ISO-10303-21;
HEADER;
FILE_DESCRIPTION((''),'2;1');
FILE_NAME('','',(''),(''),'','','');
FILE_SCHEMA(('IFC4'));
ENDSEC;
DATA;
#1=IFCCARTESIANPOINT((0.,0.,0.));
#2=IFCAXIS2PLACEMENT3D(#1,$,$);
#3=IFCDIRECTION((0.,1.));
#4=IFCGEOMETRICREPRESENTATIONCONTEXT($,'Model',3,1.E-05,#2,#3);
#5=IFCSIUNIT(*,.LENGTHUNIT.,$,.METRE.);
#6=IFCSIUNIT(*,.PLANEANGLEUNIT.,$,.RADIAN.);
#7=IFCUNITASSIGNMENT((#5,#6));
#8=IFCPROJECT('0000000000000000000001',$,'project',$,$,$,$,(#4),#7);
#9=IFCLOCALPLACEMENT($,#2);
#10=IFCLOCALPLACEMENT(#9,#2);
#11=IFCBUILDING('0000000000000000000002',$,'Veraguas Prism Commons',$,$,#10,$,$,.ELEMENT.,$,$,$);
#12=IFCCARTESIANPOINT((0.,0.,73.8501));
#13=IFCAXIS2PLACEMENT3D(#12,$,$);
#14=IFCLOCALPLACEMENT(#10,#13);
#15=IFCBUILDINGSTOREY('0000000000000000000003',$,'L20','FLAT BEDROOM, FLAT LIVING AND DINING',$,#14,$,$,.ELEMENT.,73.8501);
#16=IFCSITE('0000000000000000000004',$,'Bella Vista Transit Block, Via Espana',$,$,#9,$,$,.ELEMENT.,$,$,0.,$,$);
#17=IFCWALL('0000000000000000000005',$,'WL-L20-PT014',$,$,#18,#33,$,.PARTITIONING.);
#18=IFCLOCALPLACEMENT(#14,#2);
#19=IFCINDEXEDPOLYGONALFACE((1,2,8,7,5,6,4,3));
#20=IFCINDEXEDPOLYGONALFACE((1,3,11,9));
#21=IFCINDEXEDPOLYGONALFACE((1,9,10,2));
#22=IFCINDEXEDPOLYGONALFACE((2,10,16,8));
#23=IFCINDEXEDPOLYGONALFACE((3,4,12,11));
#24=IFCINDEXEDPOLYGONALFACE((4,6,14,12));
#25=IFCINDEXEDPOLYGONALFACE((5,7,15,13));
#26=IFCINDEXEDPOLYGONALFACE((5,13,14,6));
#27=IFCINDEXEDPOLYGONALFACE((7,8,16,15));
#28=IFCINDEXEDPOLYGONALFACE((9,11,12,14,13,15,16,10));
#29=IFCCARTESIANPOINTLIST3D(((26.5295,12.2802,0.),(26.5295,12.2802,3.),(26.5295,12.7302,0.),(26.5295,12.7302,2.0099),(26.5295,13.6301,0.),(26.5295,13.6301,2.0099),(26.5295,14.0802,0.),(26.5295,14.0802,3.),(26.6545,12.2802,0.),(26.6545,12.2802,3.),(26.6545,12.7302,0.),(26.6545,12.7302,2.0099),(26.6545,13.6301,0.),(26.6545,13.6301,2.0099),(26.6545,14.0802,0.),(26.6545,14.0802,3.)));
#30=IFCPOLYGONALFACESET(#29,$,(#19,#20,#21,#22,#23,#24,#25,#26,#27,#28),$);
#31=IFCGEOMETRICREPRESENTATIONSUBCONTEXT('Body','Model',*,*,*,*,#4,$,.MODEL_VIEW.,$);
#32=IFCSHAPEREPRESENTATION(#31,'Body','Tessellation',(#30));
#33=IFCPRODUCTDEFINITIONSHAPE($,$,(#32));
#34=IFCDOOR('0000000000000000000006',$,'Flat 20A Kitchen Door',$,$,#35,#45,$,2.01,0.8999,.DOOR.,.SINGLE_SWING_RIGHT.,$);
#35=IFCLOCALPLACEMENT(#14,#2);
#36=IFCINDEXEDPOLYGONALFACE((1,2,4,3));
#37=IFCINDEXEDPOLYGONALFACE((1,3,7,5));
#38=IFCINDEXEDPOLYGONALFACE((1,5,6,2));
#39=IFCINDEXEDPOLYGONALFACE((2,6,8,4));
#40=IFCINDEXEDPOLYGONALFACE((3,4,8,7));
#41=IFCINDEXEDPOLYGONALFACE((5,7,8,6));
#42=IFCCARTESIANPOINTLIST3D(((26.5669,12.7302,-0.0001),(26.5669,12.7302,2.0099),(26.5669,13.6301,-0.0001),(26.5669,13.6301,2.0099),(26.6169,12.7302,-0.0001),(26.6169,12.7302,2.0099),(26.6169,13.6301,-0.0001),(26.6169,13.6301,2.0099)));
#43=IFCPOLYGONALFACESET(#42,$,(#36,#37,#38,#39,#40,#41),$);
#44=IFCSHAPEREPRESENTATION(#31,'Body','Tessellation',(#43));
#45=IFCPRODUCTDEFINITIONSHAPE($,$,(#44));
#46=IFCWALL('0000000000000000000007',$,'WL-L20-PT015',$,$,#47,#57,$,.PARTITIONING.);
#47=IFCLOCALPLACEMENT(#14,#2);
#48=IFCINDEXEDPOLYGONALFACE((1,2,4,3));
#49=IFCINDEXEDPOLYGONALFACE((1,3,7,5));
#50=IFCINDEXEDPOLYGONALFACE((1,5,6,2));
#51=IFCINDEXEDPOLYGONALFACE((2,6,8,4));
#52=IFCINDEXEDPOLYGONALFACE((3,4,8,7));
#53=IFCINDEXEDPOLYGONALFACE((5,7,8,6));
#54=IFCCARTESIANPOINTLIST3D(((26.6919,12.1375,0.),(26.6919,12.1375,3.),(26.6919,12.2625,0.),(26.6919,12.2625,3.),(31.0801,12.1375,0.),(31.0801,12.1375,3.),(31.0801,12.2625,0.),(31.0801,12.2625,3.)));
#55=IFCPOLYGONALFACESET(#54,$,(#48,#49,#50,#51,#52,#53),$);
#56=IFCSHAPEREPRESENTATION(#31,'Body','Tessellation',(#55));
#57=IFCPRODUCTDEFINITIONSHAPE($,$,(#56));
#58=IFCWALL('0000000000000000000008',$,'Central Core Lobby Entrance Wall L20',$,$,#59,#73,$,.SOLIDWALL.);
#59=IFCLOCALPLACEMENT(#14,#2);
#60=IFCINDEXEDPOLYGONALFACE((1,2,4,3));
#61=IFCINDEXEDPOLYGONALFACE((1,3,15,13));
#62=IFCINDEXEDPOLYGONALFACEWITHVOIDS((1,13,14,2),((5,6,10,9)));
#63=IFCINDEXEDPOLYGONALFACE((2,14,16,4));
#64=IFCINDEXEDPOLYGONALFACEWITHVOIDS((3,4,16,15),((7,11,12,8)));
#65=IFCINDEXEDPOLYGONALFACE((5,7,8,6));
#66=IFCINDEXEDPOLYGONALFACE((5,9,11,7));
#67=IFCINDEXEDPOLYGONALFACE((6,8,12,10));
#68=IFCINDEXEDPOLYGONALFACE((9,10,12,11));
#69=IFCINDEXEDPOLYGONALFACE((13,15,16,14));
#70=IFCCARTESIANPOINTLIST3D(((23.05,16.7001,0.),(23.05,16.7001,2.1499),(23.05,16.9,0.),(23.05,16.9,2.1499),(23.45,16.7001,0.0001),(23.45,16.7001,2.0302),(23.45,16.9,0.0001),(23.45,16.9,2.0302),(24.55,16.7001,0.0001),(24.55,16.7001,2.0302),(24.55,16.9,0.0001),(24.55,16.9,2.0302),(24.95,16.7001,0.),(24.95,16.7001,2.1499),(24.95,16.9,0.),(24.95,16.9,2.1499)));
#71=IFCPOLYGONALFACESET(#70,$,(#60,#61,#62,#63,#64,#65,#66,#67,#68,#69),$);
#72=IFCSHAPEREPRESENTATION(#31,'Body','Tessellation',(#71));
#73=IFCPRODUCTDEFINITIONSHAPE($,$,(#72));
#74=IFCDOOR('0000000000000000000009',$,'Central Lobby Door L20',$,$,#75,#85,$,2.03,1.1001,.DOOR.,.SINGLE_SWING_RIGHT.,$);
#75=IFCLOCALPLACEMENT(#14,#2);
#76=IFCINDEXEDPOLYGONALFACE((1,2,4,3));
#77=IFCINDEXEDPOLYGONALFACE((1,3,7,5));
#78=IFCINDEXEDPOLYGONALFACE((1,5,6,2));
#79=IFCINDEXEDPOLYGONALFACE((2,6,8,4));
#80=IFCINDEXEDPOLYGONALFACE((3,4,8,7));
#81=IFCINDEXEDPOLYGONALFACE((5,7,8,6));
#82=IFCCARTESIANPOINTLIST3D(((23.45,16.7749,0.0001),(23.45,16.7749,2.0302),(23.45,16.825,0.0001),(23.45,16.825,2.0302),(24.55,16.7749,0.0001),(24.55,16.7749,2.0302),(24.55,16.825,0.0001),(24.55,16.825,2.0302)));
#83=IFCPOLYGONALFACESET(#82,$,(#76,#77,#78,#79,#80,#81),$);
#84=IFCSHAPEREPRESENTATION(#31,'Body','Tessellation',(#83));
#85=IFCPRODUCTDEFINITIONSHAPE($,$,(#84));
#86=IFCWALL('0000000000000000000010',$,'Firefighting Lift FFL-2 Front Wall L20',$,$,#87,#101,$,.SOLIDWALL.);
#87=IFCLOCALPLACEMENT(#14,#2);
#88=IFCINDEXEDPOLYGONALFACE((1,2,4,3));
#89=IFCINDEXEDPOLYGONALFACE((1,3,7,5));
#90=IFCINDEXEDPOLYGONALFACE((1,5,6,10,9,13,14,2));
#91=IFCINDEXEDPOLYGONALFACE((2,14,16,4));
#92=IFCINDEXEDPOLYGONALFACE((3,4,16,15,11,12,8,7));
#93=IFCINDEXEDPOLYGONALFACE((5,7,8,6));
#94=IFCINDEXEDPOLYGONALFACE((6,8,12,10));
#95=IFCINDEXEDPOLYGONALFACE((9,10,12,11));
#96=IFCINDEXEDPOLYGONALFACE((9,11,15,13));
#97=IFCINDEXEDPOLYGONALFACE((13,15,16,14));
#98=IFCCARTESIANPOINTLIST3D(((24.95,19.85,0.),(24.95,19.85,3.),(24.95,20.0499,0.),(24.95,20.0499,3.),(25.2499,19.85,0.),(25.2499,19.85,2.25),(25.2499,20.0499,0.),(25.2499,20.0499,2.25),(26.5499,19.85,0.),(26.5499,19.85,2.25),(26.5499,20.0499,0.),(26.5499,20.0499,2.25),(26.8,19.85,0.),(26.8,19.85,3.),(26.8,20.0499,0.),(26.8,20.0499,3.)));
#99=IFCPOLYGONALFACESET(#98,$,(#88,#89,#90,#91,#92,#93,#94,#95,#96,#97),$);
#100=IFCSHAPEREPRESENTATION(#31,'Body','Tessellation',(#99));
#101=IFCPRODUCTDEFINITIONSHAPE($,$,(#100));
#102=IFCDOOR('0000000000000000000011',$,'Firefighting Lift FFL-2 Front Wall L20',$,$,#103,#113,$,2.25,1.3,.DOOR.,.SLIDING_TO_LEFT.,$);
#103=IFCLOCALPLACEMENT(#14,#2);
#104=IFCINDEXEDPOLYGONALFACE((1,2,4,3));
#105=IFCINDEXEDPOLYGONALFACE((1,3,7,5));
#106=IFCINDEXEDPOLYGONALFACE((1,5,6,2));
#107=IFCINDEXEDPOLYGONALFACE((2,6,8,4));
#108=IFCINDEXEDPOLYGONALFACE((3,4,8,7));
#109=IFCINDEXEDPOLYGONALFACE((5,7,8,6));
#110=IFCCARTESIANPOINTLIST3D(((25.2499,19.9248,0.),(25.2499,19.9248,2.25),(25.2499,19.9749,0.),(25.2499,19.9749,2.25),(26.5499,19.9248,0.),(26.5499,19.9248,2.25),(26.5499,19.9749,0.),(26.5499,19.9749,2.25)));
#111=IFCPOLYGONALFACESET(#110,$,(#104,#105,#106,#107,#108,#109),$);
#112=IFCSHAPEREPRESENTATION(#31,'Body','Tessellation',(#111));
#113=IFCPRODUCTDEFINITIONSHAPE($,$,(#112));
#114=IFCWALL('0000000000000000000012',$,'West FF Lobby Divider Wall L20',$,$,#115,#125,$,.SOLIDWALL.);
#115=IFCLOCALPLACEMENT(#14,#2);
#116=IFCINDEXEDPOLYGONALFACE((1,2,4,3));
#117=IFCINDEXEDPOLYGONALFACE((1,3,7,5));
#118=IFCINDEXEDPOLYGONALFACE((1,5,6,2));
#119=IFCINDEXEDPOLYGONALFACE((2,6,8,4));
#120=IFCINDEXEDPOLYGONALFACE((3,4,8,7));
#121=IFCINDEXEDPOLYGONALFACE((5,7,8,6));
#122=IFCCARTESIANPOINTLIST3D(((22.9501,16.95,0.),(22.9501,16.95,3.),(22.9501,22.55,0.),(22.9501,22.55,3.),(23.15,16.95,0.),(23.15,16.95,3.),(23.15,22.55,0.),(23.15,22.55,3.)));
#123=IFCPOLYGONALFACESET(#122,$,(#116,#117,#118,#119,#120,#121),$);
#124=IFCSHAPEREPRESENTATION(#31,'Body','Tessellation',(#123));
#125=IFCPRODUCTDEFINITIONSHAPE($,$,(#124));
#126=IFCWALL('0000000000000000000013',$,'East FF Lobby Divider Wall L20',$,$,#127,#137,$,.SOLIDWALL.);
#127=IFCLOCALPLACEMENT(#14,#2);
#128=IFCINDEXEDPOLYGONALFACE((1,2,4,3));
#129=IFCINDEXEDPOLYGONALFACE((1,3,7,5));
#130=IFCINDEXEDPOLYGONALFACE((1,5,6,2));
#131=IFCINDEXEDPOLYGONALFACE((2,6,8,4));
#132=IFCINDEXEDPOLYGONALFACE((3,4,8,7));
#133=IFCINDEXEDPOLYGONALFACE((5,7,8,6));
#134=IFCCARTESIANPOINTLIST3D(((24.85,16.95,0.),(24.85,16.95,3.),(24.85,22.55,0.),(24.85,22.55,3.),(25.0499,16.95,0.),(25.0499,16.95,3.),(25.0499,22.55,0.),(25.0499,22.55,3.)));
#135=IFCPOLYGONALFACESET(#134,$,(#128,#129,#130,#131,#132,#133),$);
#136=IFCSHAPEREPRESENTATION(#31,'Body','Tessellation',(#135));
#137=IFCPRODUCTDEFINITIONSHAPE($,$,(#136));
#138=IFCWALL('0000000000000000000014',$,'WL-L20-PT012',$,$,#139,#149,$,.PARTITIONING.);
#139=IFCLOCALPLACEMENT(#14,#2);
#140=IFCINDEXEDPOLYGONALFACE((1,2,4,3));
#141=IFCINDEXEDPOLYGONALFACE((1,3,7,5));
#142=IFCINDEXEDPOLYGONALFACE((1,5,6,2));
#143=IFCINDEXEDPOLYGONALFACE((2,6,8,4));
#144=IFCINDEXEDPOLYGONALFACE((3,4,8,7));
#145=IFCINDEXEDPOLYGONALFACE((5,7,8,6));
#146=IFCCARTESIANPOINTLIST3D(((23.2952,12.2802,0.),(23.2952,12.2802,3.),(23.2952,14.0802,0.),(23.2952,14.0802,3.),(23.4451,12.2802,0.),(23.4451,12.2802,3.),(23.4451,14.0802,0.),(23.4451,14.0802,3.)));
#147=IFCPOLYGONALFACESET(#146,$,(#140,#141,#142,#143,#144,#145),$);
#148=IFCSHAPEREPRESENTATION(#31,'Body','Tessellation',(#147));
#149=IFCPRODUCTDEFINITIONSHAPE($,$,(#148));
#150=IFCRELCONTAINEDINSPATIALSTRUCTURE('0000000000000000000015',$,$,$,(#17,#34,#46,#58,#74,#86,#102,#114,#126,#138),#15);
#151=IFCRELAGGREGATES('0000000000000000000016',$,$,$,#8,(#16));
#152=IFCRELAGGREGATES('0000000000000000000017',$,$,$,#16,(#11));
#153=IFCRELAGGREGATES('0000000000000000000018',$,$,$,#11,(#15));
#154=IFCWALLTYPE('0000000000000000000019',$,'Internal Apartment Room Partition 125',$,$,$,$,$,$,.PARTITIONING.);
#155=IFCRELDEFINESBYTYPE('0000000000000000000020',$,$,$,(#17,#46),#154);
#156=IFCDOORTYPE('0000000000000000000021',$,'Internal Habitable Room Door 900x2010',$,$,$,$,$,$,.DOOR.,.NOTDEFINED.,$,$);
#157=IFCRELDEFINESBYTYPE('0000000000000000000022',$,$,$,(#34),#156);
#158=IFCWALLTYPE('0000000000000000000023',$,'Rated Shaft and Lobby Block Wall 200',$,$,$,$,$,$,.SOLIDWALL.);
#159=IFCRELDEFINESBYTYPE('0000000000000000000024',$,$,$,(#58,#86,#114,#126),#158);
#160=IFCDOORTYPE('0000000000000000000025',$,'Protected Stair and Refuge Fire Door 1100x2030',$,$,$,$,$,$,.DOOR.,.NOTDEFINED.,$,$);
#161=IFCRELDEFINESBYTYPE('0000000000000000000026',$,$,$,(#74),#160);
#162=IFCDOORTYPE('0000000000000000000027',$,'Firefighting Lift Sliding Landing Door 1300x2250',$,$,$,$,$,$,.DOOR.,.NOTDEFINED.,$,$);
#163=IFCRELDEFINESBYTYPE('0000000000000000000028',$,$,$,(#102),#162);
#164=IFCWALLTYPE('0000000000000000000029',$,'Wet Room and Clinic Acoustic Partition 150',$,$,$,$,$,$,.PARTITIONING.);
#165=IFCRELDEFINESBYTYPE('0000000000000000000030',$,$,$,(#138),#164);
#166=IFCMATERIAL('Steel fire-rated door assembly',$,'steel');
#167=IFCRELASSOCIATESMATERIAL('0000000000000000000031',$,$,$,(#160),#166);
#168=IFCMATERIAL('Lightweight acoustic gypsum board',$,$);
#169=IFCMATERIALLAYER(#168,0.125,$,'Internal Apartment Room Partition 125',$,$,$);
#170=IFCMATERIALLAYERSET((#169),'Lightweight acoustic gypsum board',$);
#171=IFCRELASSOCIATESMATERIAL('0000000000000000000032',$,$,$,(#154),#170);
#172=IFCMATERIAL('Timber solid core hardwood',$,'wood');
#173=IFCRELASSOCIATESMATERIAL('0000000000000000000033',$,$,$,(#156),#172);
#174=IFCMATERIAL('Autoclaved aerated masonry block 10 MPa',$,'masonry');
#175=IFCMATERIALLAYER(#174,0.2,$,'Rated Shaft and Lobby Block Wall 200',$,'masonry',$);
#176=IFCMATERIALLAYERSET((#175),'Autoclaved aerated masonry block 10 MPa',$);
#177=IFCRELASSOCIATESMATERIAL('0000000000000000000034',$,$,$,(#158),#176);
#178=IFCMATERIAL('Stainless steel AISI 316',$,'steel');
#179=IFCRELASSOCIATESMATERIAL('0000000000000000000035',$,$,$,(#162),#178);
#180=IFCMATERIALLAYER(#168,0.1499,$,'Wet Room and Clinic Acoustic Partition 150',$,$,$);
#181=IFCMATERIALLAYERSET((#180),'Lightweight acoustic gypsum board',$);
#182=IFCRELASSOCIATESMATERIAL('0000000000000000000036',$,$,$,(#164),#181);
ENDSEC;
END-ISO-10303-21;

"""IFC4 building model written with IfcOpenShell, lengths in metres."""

from ifc_helpers import new_model, si_unit, direction, frame, frame_2d, origin, place, context, subcontext, project, spatial, rectangle, extrude, source, transform, mapped, material, layer, layer_set, type_object, element, fill, save


model = new_model("IFC4")

# Units and contexts
model_context = context("Model", 3, precision=1e-05, world=origin(), true_north=direction((0.0, 1.0)))
body_context = subcontext(model_context, "Body", "Model", "MODEL_VIEW")
ifc_project = project(units=[si_unit("LENGTHUNIT", "METRE"), si_unit("PLANEANGLEUNIT", "RADIAN")], contexts=[model_context])

# Site, building, storey
site_placement = place(None, origin())
site = spatial("IfcSite", under=ifc_project, at=site_placement, Name="Bella Vista Transit Block, Via Espana", CompositionType="ELEMENT", RefElevation=0.0)
building_placement = place(site_placement, origin())
building = spatial("IfcBuilding", under=site, at=building_placement, Name="Veraguas Prism Commons", CompositionType="ELEMENT")
storey_placement = place(building_placement, frame((0.0, 0.0, 73.8501)))
storey = spatial("IfcBuildingStorey", under=building, at=storey_placement, Name="L20", Description="FLAT BEDROOM, FLAT LIVING AND DINING", CompositionType="ELEMENT", Elevation=73.8501)

# Shared definitions
ifc_material_1 = material(Name="Steel fire-rated door assembly", Category="steel")
door_type_1 = type_object("IfcDoorType", Name="Protected Stair and Refuge Fire Door 1100x2030", OperationType="NOTDEFINED", PredefinedType="DOOR", material=ifc_material_1)
shared_shape_1 = source(origin(), body_context, "Body", "SweptSolid", [
    extrude(rectangle(XDim=1.1001, YDim=2.03, at=frame_2d((0.55, 1.0151))), frame((0.0, 0.0249, 0.0), z_axis=(0.0, -1.0, 0.0), x_axis=(1.0, 0.0, 0.0)), (0.0, 0.0, 1.0), 0.05),
])

# Shared definitions
ifc_material_2 = material(Name="Autoclaved aerated masonry block 10 MPa", Category="masonry")

# Wall, opening, door
shared_shape_2 = source(origin(), body_context, "Body", "SweptSolid", [
    extrude(rectangle(XDim=0.8999, YDim=2.01, at=frame_2d((0.45, 1.0049))), frame((0.0, 0.0249, 0.0), z_axis=(0.0, -1.0, 0.0), x_axis=(1.0, 0.0, 0.0)), (0.0, 0.0, 1.0), 0.05),
])
ifc_material_3 = material(Name="Lightweight acoustic gypsum board")
ifc_layer_1 = layer(ifc_material_3, 0.125, Name="Internal Apartment Room Partition 125")
ifc_layer_set_1 = layer_set([ifc_layer_1], Name="Lightweight acoustic gypsum board")
wall_type_1 = type_object("IfcWallType", Name="Internal Apartment Room Partition 125", PredefinedType="PARTITIONING", material=ifc_layer_set_1)
wall_1_placement = place(storey_placement, frame((26.592, 14.0801, 0.0), z_axis=(0.0, 0.0, 1.0), x_axis=(0.0, -1.0, 0.0)))
wall_1 = element("IfcWall", 1, at=wall_1_placement, inside=storey, type_object=wall_type_1, Name="WL-L20-PT014", PredefinedType="PARTITIONING", context=body_context, shape_type="SweptSolid", body=[
    extrude(rectangle(XDim=1.8, YDim=0.125, at=frame_2d((0.8999, 0.0))), origin(), (0.0, 0.0, 1.0), 3.0),
])
opening_1_placement = place(wall_1_placement, frame((0.45, 0.0, 0.0)))
opening_1 = element("IfcOpeningElement", 2, at=opening_1_placement, cuts=wall_1, PredefinedType="OPENING", context=body_context, shape_type="SweptSolid", body=[
    extrude(rectangle(XDim=0.8999, YDim=2.01, at=frame_2d((0.45, 1.0049))), frame((0.0, 0.0725, 0.0), z_axis=(0.0, -1.0, 0.0), x_axis=(1.0, 0.0, 0.0)), (0.0, 0.0, 1.0), 0.145),
])
ifc_material_4 = material(Name="Timber solid core hardwood", Category="wood")
door_type_2 = type_object("IfcDoorType", Name="Internal Habitable Room Door 900x2010", OperationType="NOTDEFINED", PredefinedType="DOOR", material=ifc_material_4)
door_1_placement = place(opening_1_placement, origin())
door_1 = element("IfcDoor", 3, at=door_1_placement, inside=storey, type_object=door_type_2, Name="Flat 20A Kitchen Door", OperationType="SINGLE_SWING_RIGHT", OverallHeight=2.01, OverallWidth=0.8999, PredefinedType="DOOR", context=body_context, shape_type="MappedRepresentation", body=[
    mapped(shared_shape_2, transform((0.0, 0.0, 0.0), scale=1.0)),
])
fill(opening_1, door_1)

# Wall
wall_2_placement = place(storey_placement, frame((26.6919, 12.2, 0.0), z_axis=(0.0, 0.0, 1.0), x_axis=(1.0, 0.0, 0.0)))
element("IfcWall", 4, at=wall_2_placement, inside=storey, type_object=wall_type_1, Name="WL-L20-PT015", PredefinedType="PARTITIONING", context=body_context, shape_type="SweptSolid", body=[
    extrude(rectangle(XDim=4.3882, YDim=0.125, at=frame_2d((2.1941, 0.0))), origin(), (0.0, 0.0, 1.0), 3.0),
])

# Walls, openings, doors
ifc_layer_2 = layer(ifc_material_2, 0.2, Name="Rated Shaft and Lobby Block Wall 200", Category="masonry")
ifc_layer_set_2 = layer_set([ifc_layer_2], Name="Autoclaved aerated masonry block 10 MPa")
wall_type_2 = type_object("IfcWallType", Name="Rated Shaft and Lobby Block Wall 200", PredefinedType="SOLIDWALL", material=ifc_layer_set_2)
wall_3_placement = place(storey_placement, frame((23.05, 16.8, 0.0), z_axis=(0.0, 0.0, 1.0), x_axis=(1.0, 0.0, 0.0)))
wall_3 = element("IfcWall", 5, at=wall_3_placement, inside=storey, type_object=wall_type_2, Name="Central Core Lobby Entrance Wall L20", PredefinedType="SOLIDWALL", context=body_context, shape_type="SweptSolid", body=[
    extrude(rectangle(XDim=1.8999, YDim=0.2, at=frame_2d((0.95, 0.0))), origin(), (0.0, 0.0, 1.0), 2.1499),
])
opening_2_placement = place(wall_3_placement, frame((0.3999, 0.0, 0.0)))
opening_2 = element("IfcOpeningElement", 6, at=opening_2_placement, cuts=wall_3, PredefinedType="OPENING", context=body_context, shape_type="SweptSolid", body=[
    extrude(rectangle(XDim=1.1001, YDim=2.03, at=frame_2d((0.55, 1.0151))), frame((0.0, 0.1099, 0.0), z_axis=(0.0, -1.0, 0.0), x_axis=(1.0, 0.0, 0.0)), (0.0, 0.0, 1.0), 0.22),
])
door_2_placement = place(opening_2_placement, origin())
door_2 = element("IfcDoor", 7, at=door_2_placement, inside=storey, type_object=door_type_1, Name="Central Lobby Door L20", OperationType="SINGLE_SWING_RIGHT", OverallHeight=2.03, OverallWidth=1.1001, PredefinedType="DOOR", context=body_context, shape_type="MappedRepresentation", body=[
    mapped(shared_shape_1, transform((0.0, 0.0, 0.0), scale=1.0)),
])
fill(opening_2, door_2)
wall_4_placement = place(storey_placement, frame((24.95, 19.95, 0.0), z_axis=(0.0, 0.0, 1.0), x_axis=(1.0, 0.0, 0.0)))
wall_4 = element("IfcWall", 8, at=wall_4_placement, inside=storey, type_object=wall_type_2, Name="Firefighting Lift FFL-2 Front Wall L20", PredefinedType="SOLIDWALL", context=body_context, shape_type="SweptSolid", body=[
    extrude(rectangle(XDim=1.8501, YDim=0.2, at=frame_2d((0.925, 0.0))), origin(), (0.0, 0.0, 1.0), 3.0),
])
opening_3_placement = place(wall_4_placement, frame((0.3, 0.0, 0.0)))
opening_3 = element("IfcOpeningElement", 9, at=opening_3_placement, cuts=wall_4, PredefinedType="OPENING", context=body_context, shape_type="SweptSolid", body=[
    extrude(rectangle(XDim=1.3, YDim=2.25, at=frame_2d((0.6499, 1.125))), frame((0.0, 0.1099, 0.0), z_axis=(0.0, -1.0, 0.0), x_axis=(1.0, 0.0, 0.0)), (0.0, 0.0, 1.0), 0.22),
])
ifc_material_5 = material(Name="Stainless steel AISI 316", Category="steel")
door_type_3 = type_object("IfcDoorType", Name="Firefighting Lift Sliding Landing Door 1300x2250", OperationType="NOTDEFINED", PredefinedType="DOOR", material=ifc_material_5)
shared_shape_3 = source(origin(), body_context, "Body", "SweptSolid", [
    extrude(rectangle(XDim=1.3, YDim=2.25, at=frame_2d((0.6499, 1.125))), frame((0.0, 0.0249, 0.0), z_axis=(0.0, -1.0, 0.0), x_axis=(1.0, 0.0, 0.0)), (0.0, 0.0, 1.0), 0.05),
])
door_3_placement = place(opening_3_placement, origin())
door_3 = element("IfcDoor", 10, at=door_3_placement, inside=storey, type_object=door_type_3, Name="Firefighting Lift FFL-2 Front Wall L20", OperationType="SLIDING_TO_LEFT", OverallHeight=2.25, OverallWidth=1.3, PredefinedType="DOOR", context=body_context, shape_type="MappedRepresentation", body=[
    mapped(shared_shape_3, transform((0.0, 0.0, 0.0), scale=1.0)),
])
fill(opening_3, door_3)

# Walls
for number, where, z_axis, x_axis, name in (
    (11, (23.05, 16.95, 0.0), (0.0, 0.0, 1.0), (0.0, 1.0, 0.0), "West FF Lobby Divider Wall L20"),
    (12, (24.95, 16.95, 0.0), (0.0, 0.0, 1.0), (0.0, 1.0, 0.0), "East FF Lobby Divider Wall L20"),
):
    element("IfcWall", number, at=place(storey_placement, frame(where, z_axis=z_axis, x_axis=x_axis)), inside=storey, type_object=wall_type_2, Name=name, PredefinedType="SOLIDWALL", context=body_context, shape_type="SweptSolid", body=[
        extrude(rectangle(XDim=5.6001, YDim=0.2, at=frame_2d((2.8, 0.0))), origin(), (0.0, 0.0, 1.0), 3.0),
    ])
ifc_layer_3 = layer(ifc_material_3, 0.1499, Name="Wet Room and Clinic Acoustic Partition 150")
ifc_layer_set_3 = layer_set([ifc_layer_3], Name="Lightweight acoustic gypsum board")
wall_type_3 = type_object("IfcWallType", Name="Wet Room and Clinic Acoustic Partition 150", PredefinedType="PARTITIONING", material=ifc_layer_set_3)
wall_5_placement = place(storey_placement, frame((23.3701, 14.0801, 0.0), z_axis=(0.0, 0.0, 1.0), x_axis=(0.0, -1.0, 0.0)))
element("IfcWall", 13, at=wall_5_placement, inside=storey, type_object=wall_type_3, Name="WL-L20-PT012", PredefinedType="PARTITIONING", context=body_context, shape_type="SweptSolid", body=[
    extrude(rectangle(XDim=1.8, YDim=0.1499, at=frame_2d((0.8999, 0.0))), origin(), (0.0, 0.0, 1.0), 3.0),
])

save(model, "model.ifc")
